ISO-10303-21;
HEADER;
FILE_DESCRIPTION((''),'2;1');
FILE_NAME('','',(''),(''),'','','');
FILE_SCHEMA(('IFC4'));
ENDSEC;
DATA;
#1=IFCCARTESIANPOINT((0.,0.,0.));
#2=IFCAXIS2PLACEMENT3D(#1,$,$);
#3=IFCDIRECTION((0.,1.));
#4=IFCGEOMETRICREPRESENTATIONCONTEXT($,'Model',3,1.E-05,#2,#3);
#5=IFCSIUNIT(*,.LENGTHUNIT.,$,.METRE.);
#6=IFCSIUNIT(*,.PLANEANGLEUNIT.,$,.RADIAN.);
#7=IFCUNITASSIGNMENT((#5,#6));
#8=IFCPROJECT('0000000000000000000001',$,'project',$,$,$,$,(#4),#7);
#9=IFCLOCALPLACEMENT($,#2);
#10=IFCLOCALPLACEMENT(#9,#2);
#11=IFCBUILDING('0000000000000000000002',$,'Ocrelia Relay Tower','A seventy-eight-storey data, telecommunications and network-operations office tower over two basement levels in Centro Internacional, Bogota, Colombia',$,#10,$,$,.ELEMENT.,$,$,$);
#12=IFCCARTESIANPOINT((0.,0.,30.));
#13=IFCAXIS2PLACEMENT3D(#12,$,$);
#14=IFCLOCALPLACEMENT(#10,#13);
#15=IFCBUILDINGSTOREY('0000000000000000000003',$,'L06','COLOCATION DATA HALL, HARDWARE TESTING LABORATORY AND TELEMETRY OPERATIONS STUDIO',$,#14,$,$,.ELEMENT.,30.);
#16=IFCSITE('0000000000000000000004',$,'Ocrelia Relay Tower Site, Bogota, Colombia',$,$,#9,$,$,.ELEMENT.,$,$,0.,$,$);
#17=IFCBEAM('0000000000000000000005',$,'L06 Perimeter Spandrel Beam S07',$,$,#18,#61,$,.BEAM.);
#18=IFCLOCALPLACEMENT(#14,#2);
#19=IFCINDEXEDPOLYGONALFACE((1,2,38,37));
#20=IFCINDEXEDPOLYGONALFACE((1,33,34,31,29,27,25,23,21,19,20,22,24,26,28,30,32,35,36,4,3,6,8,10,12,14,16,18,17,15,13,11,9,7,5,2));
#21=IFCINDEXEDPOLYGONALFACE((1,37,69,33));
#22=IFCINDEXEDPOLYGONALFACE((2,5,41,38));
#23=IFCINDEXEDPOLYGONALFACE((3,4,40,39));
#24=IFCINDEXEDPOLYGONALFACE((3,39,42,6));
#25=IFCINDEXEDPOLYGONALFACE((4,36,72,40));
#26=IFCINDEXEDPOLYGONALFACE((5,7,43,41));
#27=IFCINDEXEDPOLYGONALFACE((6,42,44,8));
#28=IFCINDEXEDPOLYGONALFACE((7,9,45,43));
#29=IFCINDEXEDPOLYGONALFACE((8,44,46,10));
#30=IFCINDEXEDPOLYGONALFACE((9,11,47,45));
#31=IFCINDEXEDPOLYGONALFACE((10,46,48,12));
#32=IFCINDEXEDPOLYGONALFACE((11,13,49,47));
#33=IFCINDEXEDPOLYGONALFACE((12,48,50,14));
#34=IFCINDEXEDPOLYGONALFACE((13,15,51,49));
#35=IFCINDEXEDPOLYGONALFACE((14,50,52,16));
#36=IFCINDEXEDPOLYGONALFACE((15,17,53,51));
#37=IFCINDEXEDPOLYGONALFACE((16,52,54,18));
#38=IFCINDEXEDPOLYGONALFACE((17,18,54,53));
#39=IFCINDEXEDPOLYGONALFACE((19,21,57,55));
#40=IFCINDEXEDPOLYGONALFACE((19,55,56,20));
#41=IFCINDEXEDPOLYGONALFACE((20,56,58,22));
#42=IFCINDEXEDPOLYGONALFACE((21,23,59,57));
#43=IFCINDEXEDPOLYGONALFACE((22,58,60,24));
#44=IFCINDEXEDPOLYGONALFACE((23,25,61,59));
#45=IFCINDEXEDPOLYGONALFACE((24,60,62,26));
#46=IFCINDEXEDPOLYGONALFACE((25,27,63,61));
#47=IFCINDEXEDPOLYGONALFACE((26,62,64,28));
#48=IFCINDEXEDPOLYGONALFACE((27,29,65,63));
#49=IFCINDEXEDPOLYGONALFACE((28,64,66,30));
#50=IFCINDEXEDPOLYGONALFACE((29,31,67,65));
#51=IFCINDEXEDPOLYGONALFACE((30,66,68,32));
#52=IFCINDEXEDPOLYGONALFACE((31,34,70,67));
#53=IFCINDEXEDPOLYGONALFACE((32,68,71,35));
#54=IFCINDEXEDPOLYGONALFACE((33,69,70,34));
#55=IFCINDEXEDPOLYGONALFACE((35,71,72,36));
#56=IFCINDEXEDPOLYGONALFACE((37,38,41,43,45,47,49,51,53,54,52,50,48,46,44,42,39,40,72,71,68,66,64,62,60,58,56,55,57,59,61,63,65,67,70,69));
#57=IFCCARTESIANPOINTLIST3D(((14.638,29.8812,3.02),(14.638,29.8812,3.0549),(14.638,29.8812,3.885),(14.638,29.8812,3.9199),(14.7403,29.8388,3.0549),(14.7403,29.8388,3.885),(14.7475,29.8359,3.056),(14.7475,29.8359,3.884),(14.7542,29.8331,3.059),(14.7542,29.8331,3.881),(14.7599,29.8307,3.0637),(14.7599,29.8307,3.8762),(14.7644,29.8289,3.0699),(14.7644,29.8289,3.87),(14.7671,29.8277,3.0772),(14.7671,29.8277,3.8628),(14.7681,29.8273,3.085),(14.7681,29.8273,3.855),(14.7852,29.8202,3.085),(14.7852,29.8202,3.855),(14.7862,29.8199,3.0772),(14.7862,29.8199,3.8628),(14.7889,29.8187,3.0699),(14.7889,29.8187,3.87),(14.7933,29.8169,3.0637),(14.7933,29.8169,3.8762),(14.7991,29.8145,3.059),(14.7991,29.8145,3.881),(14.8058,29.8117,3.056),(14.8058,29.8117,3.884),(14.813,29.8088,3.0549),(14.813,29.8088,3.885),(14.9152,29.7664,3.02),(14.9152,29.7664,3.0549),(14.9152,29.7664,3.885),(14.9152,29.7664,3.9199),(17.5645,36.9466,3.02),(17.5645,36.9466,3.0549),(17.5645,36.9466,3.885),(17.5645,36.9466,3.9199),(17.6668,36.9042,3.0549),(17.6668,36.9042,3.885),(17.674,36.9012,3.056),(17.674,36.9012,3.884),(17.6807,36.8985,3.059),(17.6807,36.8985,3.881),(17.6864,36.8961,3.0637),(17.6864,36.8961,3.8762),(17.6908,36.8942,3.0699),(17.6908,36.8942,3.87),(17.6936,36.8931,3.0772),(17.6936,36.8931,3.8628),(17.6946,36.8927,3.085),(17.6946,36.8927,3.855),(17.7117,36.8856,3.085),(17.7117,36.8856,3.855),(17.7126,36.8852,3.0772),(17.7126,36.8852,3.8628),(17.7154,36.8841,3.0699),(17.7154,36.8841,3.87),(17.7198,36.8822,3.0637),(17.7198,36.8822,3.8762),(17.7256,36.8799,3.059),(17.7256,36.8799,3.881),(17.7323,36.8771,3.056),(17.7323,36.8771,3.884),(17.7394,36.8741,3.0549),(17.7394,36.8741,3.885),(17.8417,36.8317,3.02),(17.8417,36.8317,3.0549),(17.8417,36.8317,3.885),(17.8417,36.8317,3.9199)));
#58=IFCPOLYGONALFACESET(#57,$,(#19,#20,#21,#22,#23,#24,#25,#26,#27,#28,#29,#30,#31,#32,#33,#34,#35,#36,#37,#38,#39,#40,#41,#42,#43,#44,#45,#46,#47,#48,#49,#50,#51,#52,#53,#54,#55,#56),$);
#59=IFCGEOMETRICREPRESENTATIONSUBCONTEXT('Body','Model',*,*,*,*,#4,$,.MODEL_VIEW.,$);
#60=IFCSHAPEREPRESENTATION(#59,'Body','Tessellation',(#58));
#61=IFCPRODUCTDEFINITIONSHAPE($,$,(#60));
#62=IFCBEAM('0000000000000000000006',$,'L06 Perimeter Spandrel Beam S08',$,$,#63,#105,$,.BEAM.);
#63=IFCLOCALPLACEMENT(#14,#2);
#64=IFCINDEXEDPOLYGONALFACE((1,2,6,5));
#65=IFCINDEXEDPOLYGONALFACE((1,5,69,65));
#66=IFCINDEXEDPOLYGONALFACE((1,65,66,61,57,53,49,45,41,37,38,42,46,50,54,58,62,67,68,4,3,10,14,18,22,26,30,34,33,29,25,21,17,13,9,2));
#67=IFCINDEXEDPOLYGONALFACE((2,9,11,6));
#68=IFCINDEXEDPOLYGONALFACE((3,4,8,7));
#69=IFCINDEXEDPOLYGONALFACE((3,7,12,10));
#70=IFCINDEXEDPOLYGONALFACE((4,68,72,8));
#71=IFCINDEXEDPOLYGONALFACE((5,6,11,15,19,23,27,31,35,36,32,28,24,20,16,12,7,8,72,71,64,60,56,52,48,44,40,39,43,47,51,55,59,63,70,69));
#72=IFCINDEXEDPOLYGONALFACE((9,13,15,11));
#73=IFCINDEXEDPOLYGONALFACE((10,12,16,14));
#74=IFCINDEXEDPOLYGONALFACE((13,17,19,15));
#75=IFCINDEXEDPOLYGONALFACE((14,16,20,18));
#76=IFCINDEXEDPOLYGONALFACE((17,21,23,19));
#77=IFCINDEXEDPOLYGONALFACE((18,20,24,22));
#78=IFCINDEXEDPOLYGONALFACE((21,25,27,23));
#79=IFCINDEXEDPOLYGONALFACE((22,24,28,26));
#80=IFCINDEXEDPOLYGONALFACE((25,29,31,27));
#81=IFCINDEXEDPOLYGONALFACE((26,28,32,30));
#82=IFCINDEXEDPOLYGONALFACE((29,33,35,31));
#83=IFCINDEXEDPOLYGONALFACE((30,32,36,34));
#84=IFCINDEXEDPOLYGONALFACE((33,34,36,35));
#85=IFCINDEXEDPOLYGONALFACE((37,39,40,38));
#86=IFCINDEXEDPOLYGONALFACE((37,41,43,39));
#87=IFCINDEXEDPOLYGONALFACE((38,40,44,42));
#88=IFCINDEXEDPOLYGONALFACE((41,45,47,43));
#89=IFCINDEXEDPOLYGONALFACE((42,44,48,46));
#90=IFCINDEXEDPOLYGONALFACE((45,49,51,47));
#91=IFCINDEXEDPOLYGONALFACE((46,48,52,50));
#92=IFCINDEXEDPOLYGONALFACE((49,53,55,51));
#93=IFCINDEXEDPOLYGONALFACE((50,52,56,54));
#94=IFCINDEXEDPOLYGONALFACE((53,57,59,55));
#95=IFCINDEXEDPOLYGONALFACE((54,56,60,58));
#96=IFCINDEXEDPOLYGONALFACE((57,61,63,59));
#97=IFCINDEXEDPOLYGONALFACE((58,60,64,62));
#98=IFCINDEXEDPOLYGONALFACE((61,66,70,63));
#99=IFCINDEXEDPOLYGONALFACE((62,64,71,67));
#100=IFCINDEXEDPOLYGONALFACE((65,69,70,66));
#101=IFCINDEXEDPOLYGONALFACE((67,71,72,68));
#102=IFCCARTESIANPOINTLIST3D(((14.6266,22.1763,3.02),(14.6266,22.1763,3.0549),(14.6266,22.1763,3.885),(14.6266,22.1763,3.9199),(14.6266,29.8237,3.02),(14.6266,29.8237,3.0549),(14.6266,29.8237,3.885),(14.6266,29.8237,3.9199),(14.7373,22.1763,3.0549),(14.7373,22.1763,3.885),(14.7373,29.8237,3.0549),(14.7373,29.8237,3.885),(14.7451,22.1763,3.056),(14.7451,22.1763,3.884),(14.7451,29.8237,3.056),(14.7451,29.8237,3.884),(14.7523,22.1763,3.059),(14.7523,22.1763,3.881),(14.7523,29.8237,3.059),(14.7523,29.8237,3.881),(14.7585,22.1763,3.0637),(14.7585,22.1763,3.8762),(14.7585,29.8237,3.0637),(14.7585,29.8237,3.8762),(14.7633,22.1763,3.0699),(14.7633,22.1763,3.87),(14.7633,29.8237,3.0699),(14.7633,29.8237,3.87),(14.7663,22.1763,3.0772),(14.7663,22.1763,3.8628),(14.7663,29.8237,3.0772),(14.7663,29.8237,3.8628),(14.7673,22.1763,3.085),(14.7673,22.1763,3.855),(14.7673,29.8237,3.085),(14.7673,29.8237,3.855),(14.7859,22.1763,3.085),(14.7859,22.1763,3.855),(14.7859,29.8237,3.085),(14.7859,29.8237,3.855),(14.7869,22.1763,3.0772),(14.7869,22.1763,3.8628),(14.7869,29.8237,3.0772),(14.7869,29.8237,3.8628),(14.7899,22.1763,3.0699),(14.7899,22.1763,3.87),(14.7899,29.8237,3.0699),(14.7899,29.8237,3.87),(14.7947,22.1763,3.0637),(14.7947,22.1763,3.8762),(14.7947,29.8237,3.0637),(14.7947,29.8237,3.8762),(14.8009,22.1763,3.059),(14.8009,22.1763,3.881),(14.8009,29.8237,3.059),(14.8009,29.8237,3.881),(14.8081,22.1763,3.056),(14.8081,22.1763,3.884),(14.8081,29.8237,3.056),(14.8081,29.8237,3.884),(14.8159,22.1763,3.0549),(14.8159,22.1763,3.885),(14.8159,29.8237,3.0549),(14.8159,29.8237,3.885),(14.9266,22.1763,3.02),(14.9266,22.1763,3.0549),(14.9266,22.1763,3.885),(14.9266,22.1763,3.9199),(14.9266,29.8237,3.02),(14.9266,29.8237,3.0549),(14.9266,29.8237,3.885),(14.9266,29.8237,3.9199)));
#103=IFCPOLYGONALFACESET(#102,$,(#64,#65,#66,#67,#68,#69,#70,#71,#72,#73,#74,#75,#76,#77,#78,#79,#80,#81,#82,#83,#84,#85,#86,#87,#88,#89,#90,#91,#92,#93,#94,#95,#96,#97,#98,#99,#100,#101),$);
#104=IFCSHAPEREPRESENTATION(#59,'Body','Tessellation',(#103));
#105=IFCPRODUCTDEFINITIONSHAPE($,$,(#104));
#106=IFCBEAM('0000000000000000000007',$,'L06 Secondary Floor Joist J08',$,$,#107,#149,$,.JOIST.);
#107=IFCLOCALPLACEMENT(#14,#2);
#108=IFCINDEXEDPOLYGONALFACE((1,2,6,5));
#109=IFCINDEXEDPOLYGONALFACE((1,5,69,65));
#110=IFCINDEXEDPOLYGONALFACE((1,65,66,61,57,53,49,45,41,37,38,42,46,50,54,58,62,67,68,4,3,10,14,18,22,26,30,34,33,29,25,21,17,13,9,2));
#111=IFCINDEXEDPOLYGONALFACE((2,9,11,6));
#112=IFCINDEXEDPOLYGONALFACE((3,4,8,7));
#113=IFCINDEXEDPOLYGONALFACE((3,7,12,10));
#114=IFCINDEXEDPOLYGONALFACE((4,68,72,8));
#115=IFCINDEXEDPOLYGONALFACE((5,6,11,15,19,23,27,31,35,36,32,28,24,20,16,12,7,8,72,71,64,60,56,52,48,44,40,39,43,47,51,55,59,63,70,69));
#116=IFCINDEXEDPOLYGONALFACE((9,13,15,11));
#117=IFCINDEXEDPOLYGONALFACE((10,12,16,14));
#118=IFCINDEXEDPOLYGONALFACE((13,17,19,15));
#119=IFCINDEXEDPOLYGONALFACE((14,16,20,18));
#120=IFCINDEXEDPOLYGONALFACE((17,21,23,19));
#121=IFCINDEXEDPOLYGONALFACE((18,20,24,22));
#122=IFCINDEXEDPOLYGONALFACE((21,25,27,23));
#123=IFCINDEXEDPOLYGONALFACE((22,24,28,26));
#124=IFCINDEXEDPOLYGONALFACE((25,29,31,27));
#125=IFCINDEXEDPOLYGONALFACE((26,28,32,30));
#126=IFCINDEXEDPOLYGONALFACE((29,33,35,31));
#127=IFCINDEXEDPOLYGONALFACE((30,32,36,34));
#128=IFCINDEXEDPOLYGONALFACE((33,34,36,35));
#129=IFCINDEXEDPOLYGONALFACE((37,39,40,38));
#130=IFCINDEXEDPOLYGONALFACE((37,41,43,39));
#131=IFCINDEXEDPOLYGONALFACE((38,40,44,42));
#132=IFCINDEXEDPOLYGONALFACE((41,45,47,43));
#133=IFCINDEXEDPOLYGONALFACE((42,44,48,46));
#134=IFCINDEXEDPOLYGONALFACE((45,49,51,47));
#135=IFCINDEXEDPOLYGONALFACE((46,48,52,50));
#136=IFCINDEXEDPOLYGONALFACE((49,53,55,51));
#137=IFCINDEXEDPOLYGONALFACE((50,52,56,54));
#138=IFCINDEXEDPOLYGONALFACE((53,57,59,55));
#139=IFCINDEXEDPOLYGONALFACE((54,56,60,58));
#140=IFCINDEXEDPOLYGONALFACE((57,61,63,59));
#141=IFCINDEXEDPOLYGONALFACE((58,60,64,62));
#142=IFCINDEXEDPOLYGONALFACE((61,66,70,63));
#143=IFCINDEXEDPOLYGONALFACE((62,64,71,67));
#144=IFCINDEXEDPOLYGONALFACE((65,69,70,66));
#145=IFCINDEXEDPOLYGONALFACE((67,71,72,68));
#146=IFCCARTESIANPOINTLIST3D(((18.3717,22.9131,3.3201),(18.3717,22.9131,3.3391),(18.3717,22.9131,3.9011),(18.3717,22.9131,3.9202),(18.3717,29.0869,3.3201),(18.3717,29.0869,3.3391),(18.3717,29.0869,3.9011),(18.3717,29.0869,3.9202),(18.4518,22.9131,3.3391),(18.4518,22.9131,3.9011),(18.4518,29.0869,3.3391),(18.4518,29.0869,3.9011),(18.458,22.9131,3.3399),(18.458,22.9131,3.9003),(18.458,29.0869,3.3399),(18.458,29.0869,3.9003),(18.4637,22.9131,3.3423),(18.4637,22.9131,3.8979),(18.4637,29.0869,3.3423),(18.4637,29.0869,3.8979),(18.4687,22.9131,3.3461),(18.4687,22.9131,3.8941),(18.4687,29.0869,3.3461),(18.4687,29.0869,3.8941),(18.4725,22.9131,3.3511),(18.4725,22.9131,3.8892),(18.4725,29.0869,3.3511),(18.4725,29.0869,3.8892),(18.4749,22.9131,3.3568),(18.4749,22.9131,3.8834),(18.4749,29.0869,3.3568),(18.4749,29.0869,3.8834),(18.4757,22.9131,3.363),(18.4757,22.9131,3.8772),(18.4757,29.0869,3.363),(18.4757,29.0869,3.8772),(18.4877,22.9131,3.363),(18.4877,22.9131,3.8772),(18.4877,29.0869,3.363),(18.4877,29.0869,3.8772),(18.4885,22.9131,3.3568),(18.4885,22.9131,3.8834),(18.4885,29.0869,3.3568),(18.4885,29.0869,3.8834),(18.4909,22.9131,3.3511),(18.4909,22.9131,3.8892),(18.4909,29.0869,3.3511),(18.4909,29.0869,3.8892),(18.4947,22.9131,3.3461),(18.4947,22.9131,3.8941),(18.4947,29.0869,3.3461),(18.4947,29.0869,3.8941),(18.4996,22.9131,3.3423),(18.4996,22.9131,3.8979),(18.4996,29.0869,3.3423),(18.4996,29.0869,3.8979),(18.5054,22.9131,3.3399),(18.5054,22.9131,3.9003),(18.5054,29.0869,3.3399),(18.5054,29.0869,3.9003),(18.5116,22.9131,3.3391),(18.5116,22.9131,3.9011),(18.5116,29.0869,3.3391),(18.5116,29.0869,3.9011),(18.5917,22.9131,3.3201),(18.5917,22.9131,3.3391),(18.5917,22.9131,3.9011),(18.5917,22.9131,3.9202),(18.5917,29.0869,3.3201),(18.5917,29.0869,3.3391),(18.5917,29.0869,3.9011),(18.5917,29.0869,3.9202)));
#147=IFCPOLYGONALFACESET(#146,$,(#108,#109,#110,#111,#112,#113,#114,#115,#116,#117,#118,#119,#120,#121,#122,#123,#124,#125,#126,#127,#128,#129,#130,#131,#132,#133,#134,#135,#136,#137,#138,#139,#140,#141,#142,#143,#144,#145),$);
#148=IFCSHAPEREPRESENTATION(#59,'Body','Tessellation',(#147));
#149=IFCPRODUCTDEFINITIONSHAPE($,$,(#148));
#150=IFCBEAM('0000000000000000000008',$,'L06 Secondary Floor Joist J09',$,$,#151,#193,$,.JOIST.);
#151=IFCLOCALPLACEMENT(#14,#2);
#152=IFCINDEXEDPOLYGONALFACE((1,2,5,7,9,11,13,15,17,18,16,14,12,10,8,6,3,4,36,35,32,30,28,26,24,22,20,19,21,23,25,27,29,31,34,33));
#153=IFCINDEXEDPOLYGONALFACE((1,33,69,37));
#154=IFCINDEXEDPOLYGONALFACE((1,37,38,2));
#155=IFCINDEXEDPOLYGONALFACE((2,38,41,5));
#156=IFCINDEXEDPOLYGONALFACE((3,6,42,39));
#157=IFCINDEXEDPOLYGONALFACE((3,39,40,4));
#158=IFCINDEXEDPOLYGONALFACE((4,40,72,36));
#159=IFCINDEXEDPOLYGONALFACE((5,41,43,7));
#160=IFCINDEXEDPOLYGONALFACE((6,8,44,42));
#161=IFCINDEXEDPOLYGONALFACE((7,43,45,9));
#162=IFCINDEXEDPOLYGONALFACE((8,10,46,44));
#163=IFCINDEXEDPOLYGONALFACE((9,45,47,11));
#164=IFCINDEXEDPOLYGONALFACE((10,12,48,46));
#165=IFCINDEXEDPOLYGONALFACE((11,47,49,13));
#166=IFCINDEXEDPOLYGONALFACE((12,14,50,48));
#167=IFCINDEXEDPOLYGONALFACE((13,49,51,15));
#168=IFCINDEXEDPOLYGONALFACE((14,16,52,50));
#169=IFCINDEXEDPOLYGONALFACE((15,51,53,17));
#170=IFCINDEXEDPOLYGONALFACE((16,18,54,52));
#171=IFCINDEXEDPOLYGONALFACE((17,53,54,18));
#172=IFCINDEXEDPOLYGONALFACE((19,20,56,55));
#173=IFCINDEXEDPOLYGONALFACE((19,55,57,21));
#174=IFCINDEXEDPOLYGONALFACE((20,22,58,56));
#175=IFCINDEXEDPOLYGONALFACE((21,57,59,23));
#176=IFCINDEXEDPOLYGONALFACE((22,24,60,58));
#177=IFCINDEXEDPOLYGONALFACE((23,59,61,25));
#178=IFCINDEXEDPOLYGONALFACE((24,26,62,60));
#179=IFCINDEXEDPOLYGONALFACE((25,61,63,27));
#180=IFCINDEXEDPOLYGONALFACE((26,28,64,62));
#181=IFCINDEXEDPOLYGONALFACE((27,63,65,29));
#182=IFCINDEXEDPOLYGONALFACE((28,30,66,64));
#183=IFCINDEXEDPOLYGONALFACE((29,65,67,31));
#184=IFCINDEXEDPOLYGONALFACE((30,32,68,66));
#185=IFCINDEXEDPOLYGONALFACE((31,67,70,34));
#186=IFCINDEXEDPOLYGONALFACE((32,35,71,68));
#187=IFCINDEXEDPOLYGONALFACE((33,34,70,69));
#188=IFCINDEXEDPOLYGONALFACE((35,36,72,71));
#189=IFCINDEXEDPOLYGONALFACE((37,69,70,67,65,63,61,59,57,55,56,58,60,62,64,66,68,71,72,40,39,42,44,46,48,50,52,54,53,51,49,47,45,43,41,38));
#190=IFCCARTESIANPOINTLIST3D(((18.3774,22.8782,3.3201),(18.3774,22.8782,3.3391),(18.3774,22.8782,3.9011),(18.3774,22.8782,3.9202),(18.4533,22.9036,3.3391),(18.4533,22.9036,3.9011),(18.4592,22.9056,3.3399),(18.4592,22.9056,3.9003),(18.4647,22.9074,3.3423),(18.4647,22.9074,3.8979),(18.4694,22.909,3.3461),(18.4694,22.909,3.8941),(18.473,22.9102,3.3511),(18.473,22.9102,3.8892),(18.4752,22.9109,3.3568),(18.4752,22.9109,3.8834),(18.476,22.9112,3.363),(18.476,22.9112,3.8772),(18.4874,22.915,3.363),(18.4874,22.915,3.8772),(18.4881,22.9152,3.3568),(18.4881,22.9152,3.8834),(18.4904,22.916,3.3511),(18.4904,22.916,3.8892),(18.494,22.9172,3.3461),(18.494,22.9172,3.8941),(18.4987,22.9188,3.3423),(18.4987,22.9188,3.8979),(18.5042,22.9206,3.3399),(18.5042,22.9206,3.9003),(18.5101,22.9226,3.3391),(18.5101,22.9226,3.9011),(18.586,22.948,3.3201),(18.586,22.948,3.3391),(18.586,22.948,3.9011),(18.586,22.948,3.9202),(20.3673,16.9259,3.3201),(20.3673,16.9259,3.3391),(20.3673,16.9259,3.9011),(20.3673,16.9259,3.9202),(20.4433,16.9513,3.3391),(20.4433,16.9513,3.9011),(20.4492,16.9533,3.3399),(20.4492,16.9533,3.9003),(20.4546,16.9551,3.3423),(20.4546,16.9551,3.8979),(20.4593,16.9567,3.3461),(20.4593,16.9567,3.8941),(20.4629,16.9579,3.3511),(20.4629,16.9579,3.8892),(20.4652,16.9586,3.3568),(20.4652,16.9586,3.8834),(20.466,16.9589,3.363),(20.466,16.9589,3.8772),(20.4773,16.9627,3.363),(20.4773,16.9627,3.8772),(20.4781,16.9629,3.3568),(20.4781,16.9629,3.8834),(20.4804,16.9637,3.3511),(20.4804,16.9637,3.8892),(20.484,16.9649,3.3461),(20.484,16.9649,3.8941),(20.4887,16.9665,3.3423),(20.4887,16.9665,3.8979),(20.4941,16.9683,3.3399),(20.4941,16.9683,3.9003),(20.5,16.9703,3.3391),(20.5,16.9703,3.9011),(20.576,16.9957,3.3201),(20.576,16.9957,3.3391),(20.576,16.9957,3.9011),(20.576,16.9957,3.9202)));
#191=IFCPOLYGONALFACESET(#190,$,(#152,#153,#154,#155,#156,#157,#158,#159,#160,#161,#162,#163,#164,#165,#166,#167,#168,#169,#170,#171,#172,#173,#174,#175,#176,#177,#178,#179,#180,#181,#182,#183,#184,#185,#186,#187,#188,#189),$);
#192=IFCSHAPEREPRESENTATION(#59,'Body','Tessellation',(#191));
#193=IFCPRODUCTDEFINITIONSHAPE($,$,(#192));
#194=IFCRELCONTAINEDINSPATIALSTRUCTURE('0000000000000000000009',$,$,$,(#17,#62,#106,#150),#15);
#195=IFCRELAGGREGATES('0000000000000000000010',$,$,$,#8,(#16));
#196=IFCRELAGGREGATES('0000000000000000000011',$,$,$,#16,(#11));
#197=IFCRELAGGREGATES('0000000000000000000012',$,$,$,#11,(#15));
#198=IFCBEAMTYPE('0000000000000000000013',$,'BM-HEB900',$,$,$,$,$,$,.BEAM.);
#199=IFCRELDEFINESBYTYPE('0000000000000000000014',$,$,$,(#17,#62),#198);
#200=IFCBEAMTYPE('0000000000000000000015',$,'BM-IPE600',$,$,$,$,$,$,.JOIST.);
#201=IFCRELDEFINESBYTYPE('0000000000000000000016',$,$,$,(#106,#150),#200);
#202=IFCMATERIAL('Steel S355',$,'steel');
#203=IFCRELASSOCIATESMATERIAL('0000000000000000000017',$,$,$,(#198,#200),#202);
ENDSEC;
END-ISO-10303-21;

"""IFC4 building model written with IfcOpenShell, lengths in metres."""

from ifc_helpers import new_model, si_unit, direction, frame, origin, origin_2d, place, context, subcontext, project, spatial, i_section, extrude, material, material_profile, profile_set, type_object, element, save


model = new_model("IFC4")

# Units and contexts
model_context = context("Model", 3, precision=1e-05, world=origin(), true_north=direction((0.0, 1.0)))
body_context = subcontext(model_context, "Body", "Model", "MODEL_VIEW")
ifc_project = project(units=[si_unit("LENGTHUNIT", "METRE"), si_unit("PLANEANGLEUNIT", "RADIAN")], contexts=[model_context])

# Site, building, storey
site_placement = place(None, origin())
site = spatial("IfcSite", under=ifc_project, at=site_placement, Name="Ocrelia Relay Tower Site, Bogota, Colombia", CompositionType="ELEMENT", RefElevation=0.0)
building_placement = place(site_placement, origin())
building = spatial("IfcBuilding", under=site, at=building_placement, Name="Ocrelia Relay Tower", Description="A seventy-eight-storey data, telecommunications and network-operations office tower over two basement levels in Centro Internacional, Bogota, Colombia", CompositionType="ELEMENT")
storey_placement = place(building_placement, frame((0.0, 0.0, 30.0)))
storey = spatial("IfcBuildingStorey", under=building, at=storey_placement, Name="L06", Description="COLOCATION DATA HALL, HARDWARE TESTING LABORATORY AND TELEMETRY OPERATIONS STUDIO", CompositionType="ELEMENT", Elevation=30.0)

# Beams
ifc_material_1 = material(Name="Steel S355", Category="steel")
ifc_material_profile_1 = material_profile(ifc_material_1, i_section(OverallWidth=0.3, OverallDepth=0.8999, WebThickness=0.0186, FlangeThickness=0.0349, FilletRadius=0.03, at=origin_2d()), Name="HEB 900")
ifc_profile_set_1 = profile_set([ifc_material_profile_1], Name="Steel S355")
beam_type_1 = type_object("IfcBeamType", Name="BM-HEB900", PredefinedType="BEAM", material=ifc_profile_set_1)
for number, where, z_axis, x_axis, name in (
    (1, (17.7031, 36.8892, 3.47), (-0.382674, -0.923883, 0.0), (0.923883, -0.382674, 0.0), "L06 Perimeter Spandrel Beam S07"),
    (2, (14.7766, 29.8237, 3.47), (0.0, -1.0, 0.0), (1.0, 0.0, 0.0), "L06 Perimeter Spandrel Beam S08"),
):
    element("IfcBeam", number, at=place(storey_placement, frame(where, z_axis=z_axis, x_axis=x_axis)), inside=storey, type_object=beam_type_1, Name=name, PredefinedType="BEAM", context=body_context, shape_type="SweptSolid", body=[
        extrude(i_section(OverallWidth=0.3, OverallDepth=0.8999, WebThickness=0.0186, FlangeThickness=0.0349, FilletRadius=0.03, at=origin_2d()), origin(), (0.0, 0.0, 1.0), 7.6475),
    ])
ifc_material_profile_2 = material_profile(ifc_material_1, i_section(OverallWidth=0.22, OverallDepth=0.6001, WebThickness=0.012, FlangeThickness=0.019, FilletRadius=0.0239, at=origin_2d()), Name="IPE 600")
ifc_profile_set_2 = profile_set([ifc_material_profile_2], Name="Steel S355")
beam_type_2 = type_object("IfcBeamType", Name="BM-IPE600", PredefinedType="JOIST", material=ifc_profile_set_2)
beam_1_placement = place(storey_placement, frame((18.4817, 29.0869, 3.6201), z_axis=(0.0, -1.0, 0.0), x_axis=(1.0, 0.0, 0.0)))
element("IfcBeam", 3, at=beam_1_placement, inside=storey, type_object=beam_type_2, Name="L06 Secondary Floor Joist J08", PredefinedType="JOIST", context=body_context, shape_type="SweptSolid", body=[
    extrude(i_section(OverallWidth=0.22, OverallDepth=0.6001, WebThickness=0.012, FlangeThickness=0.019, FilletRadius=0.0239, at=origin_2d()), origin(), (0.0, 0.0, 1.0), 6.1738),
])
beam_2_placement = place(storey_placement, frame((18.4817, 22.9131, 3.6201), z_axis=(0.317068, -0.948403, 0.0), x_axis=(0.948403, 0.317068, 0.0)))
element("IfcBeam", 4, at=beam_2_placement, inside=storey, type_object=beam_type_2, Name="L06 Secondary Floor Joist J09", PredefinedType="JOIST", context=body_context, shape_type="SweptSolid", body=[
    extrude(i_section(OverallWidth=0.22, OverallDepth=0.6001, WebThickness=0.012, FlangeThickness=0.019, FilletRadius=0.0239, at=origin_2d()), origin(), (0.0, 0.0, 1.0), 6.2761),
])

save(model, "model.ifc")
